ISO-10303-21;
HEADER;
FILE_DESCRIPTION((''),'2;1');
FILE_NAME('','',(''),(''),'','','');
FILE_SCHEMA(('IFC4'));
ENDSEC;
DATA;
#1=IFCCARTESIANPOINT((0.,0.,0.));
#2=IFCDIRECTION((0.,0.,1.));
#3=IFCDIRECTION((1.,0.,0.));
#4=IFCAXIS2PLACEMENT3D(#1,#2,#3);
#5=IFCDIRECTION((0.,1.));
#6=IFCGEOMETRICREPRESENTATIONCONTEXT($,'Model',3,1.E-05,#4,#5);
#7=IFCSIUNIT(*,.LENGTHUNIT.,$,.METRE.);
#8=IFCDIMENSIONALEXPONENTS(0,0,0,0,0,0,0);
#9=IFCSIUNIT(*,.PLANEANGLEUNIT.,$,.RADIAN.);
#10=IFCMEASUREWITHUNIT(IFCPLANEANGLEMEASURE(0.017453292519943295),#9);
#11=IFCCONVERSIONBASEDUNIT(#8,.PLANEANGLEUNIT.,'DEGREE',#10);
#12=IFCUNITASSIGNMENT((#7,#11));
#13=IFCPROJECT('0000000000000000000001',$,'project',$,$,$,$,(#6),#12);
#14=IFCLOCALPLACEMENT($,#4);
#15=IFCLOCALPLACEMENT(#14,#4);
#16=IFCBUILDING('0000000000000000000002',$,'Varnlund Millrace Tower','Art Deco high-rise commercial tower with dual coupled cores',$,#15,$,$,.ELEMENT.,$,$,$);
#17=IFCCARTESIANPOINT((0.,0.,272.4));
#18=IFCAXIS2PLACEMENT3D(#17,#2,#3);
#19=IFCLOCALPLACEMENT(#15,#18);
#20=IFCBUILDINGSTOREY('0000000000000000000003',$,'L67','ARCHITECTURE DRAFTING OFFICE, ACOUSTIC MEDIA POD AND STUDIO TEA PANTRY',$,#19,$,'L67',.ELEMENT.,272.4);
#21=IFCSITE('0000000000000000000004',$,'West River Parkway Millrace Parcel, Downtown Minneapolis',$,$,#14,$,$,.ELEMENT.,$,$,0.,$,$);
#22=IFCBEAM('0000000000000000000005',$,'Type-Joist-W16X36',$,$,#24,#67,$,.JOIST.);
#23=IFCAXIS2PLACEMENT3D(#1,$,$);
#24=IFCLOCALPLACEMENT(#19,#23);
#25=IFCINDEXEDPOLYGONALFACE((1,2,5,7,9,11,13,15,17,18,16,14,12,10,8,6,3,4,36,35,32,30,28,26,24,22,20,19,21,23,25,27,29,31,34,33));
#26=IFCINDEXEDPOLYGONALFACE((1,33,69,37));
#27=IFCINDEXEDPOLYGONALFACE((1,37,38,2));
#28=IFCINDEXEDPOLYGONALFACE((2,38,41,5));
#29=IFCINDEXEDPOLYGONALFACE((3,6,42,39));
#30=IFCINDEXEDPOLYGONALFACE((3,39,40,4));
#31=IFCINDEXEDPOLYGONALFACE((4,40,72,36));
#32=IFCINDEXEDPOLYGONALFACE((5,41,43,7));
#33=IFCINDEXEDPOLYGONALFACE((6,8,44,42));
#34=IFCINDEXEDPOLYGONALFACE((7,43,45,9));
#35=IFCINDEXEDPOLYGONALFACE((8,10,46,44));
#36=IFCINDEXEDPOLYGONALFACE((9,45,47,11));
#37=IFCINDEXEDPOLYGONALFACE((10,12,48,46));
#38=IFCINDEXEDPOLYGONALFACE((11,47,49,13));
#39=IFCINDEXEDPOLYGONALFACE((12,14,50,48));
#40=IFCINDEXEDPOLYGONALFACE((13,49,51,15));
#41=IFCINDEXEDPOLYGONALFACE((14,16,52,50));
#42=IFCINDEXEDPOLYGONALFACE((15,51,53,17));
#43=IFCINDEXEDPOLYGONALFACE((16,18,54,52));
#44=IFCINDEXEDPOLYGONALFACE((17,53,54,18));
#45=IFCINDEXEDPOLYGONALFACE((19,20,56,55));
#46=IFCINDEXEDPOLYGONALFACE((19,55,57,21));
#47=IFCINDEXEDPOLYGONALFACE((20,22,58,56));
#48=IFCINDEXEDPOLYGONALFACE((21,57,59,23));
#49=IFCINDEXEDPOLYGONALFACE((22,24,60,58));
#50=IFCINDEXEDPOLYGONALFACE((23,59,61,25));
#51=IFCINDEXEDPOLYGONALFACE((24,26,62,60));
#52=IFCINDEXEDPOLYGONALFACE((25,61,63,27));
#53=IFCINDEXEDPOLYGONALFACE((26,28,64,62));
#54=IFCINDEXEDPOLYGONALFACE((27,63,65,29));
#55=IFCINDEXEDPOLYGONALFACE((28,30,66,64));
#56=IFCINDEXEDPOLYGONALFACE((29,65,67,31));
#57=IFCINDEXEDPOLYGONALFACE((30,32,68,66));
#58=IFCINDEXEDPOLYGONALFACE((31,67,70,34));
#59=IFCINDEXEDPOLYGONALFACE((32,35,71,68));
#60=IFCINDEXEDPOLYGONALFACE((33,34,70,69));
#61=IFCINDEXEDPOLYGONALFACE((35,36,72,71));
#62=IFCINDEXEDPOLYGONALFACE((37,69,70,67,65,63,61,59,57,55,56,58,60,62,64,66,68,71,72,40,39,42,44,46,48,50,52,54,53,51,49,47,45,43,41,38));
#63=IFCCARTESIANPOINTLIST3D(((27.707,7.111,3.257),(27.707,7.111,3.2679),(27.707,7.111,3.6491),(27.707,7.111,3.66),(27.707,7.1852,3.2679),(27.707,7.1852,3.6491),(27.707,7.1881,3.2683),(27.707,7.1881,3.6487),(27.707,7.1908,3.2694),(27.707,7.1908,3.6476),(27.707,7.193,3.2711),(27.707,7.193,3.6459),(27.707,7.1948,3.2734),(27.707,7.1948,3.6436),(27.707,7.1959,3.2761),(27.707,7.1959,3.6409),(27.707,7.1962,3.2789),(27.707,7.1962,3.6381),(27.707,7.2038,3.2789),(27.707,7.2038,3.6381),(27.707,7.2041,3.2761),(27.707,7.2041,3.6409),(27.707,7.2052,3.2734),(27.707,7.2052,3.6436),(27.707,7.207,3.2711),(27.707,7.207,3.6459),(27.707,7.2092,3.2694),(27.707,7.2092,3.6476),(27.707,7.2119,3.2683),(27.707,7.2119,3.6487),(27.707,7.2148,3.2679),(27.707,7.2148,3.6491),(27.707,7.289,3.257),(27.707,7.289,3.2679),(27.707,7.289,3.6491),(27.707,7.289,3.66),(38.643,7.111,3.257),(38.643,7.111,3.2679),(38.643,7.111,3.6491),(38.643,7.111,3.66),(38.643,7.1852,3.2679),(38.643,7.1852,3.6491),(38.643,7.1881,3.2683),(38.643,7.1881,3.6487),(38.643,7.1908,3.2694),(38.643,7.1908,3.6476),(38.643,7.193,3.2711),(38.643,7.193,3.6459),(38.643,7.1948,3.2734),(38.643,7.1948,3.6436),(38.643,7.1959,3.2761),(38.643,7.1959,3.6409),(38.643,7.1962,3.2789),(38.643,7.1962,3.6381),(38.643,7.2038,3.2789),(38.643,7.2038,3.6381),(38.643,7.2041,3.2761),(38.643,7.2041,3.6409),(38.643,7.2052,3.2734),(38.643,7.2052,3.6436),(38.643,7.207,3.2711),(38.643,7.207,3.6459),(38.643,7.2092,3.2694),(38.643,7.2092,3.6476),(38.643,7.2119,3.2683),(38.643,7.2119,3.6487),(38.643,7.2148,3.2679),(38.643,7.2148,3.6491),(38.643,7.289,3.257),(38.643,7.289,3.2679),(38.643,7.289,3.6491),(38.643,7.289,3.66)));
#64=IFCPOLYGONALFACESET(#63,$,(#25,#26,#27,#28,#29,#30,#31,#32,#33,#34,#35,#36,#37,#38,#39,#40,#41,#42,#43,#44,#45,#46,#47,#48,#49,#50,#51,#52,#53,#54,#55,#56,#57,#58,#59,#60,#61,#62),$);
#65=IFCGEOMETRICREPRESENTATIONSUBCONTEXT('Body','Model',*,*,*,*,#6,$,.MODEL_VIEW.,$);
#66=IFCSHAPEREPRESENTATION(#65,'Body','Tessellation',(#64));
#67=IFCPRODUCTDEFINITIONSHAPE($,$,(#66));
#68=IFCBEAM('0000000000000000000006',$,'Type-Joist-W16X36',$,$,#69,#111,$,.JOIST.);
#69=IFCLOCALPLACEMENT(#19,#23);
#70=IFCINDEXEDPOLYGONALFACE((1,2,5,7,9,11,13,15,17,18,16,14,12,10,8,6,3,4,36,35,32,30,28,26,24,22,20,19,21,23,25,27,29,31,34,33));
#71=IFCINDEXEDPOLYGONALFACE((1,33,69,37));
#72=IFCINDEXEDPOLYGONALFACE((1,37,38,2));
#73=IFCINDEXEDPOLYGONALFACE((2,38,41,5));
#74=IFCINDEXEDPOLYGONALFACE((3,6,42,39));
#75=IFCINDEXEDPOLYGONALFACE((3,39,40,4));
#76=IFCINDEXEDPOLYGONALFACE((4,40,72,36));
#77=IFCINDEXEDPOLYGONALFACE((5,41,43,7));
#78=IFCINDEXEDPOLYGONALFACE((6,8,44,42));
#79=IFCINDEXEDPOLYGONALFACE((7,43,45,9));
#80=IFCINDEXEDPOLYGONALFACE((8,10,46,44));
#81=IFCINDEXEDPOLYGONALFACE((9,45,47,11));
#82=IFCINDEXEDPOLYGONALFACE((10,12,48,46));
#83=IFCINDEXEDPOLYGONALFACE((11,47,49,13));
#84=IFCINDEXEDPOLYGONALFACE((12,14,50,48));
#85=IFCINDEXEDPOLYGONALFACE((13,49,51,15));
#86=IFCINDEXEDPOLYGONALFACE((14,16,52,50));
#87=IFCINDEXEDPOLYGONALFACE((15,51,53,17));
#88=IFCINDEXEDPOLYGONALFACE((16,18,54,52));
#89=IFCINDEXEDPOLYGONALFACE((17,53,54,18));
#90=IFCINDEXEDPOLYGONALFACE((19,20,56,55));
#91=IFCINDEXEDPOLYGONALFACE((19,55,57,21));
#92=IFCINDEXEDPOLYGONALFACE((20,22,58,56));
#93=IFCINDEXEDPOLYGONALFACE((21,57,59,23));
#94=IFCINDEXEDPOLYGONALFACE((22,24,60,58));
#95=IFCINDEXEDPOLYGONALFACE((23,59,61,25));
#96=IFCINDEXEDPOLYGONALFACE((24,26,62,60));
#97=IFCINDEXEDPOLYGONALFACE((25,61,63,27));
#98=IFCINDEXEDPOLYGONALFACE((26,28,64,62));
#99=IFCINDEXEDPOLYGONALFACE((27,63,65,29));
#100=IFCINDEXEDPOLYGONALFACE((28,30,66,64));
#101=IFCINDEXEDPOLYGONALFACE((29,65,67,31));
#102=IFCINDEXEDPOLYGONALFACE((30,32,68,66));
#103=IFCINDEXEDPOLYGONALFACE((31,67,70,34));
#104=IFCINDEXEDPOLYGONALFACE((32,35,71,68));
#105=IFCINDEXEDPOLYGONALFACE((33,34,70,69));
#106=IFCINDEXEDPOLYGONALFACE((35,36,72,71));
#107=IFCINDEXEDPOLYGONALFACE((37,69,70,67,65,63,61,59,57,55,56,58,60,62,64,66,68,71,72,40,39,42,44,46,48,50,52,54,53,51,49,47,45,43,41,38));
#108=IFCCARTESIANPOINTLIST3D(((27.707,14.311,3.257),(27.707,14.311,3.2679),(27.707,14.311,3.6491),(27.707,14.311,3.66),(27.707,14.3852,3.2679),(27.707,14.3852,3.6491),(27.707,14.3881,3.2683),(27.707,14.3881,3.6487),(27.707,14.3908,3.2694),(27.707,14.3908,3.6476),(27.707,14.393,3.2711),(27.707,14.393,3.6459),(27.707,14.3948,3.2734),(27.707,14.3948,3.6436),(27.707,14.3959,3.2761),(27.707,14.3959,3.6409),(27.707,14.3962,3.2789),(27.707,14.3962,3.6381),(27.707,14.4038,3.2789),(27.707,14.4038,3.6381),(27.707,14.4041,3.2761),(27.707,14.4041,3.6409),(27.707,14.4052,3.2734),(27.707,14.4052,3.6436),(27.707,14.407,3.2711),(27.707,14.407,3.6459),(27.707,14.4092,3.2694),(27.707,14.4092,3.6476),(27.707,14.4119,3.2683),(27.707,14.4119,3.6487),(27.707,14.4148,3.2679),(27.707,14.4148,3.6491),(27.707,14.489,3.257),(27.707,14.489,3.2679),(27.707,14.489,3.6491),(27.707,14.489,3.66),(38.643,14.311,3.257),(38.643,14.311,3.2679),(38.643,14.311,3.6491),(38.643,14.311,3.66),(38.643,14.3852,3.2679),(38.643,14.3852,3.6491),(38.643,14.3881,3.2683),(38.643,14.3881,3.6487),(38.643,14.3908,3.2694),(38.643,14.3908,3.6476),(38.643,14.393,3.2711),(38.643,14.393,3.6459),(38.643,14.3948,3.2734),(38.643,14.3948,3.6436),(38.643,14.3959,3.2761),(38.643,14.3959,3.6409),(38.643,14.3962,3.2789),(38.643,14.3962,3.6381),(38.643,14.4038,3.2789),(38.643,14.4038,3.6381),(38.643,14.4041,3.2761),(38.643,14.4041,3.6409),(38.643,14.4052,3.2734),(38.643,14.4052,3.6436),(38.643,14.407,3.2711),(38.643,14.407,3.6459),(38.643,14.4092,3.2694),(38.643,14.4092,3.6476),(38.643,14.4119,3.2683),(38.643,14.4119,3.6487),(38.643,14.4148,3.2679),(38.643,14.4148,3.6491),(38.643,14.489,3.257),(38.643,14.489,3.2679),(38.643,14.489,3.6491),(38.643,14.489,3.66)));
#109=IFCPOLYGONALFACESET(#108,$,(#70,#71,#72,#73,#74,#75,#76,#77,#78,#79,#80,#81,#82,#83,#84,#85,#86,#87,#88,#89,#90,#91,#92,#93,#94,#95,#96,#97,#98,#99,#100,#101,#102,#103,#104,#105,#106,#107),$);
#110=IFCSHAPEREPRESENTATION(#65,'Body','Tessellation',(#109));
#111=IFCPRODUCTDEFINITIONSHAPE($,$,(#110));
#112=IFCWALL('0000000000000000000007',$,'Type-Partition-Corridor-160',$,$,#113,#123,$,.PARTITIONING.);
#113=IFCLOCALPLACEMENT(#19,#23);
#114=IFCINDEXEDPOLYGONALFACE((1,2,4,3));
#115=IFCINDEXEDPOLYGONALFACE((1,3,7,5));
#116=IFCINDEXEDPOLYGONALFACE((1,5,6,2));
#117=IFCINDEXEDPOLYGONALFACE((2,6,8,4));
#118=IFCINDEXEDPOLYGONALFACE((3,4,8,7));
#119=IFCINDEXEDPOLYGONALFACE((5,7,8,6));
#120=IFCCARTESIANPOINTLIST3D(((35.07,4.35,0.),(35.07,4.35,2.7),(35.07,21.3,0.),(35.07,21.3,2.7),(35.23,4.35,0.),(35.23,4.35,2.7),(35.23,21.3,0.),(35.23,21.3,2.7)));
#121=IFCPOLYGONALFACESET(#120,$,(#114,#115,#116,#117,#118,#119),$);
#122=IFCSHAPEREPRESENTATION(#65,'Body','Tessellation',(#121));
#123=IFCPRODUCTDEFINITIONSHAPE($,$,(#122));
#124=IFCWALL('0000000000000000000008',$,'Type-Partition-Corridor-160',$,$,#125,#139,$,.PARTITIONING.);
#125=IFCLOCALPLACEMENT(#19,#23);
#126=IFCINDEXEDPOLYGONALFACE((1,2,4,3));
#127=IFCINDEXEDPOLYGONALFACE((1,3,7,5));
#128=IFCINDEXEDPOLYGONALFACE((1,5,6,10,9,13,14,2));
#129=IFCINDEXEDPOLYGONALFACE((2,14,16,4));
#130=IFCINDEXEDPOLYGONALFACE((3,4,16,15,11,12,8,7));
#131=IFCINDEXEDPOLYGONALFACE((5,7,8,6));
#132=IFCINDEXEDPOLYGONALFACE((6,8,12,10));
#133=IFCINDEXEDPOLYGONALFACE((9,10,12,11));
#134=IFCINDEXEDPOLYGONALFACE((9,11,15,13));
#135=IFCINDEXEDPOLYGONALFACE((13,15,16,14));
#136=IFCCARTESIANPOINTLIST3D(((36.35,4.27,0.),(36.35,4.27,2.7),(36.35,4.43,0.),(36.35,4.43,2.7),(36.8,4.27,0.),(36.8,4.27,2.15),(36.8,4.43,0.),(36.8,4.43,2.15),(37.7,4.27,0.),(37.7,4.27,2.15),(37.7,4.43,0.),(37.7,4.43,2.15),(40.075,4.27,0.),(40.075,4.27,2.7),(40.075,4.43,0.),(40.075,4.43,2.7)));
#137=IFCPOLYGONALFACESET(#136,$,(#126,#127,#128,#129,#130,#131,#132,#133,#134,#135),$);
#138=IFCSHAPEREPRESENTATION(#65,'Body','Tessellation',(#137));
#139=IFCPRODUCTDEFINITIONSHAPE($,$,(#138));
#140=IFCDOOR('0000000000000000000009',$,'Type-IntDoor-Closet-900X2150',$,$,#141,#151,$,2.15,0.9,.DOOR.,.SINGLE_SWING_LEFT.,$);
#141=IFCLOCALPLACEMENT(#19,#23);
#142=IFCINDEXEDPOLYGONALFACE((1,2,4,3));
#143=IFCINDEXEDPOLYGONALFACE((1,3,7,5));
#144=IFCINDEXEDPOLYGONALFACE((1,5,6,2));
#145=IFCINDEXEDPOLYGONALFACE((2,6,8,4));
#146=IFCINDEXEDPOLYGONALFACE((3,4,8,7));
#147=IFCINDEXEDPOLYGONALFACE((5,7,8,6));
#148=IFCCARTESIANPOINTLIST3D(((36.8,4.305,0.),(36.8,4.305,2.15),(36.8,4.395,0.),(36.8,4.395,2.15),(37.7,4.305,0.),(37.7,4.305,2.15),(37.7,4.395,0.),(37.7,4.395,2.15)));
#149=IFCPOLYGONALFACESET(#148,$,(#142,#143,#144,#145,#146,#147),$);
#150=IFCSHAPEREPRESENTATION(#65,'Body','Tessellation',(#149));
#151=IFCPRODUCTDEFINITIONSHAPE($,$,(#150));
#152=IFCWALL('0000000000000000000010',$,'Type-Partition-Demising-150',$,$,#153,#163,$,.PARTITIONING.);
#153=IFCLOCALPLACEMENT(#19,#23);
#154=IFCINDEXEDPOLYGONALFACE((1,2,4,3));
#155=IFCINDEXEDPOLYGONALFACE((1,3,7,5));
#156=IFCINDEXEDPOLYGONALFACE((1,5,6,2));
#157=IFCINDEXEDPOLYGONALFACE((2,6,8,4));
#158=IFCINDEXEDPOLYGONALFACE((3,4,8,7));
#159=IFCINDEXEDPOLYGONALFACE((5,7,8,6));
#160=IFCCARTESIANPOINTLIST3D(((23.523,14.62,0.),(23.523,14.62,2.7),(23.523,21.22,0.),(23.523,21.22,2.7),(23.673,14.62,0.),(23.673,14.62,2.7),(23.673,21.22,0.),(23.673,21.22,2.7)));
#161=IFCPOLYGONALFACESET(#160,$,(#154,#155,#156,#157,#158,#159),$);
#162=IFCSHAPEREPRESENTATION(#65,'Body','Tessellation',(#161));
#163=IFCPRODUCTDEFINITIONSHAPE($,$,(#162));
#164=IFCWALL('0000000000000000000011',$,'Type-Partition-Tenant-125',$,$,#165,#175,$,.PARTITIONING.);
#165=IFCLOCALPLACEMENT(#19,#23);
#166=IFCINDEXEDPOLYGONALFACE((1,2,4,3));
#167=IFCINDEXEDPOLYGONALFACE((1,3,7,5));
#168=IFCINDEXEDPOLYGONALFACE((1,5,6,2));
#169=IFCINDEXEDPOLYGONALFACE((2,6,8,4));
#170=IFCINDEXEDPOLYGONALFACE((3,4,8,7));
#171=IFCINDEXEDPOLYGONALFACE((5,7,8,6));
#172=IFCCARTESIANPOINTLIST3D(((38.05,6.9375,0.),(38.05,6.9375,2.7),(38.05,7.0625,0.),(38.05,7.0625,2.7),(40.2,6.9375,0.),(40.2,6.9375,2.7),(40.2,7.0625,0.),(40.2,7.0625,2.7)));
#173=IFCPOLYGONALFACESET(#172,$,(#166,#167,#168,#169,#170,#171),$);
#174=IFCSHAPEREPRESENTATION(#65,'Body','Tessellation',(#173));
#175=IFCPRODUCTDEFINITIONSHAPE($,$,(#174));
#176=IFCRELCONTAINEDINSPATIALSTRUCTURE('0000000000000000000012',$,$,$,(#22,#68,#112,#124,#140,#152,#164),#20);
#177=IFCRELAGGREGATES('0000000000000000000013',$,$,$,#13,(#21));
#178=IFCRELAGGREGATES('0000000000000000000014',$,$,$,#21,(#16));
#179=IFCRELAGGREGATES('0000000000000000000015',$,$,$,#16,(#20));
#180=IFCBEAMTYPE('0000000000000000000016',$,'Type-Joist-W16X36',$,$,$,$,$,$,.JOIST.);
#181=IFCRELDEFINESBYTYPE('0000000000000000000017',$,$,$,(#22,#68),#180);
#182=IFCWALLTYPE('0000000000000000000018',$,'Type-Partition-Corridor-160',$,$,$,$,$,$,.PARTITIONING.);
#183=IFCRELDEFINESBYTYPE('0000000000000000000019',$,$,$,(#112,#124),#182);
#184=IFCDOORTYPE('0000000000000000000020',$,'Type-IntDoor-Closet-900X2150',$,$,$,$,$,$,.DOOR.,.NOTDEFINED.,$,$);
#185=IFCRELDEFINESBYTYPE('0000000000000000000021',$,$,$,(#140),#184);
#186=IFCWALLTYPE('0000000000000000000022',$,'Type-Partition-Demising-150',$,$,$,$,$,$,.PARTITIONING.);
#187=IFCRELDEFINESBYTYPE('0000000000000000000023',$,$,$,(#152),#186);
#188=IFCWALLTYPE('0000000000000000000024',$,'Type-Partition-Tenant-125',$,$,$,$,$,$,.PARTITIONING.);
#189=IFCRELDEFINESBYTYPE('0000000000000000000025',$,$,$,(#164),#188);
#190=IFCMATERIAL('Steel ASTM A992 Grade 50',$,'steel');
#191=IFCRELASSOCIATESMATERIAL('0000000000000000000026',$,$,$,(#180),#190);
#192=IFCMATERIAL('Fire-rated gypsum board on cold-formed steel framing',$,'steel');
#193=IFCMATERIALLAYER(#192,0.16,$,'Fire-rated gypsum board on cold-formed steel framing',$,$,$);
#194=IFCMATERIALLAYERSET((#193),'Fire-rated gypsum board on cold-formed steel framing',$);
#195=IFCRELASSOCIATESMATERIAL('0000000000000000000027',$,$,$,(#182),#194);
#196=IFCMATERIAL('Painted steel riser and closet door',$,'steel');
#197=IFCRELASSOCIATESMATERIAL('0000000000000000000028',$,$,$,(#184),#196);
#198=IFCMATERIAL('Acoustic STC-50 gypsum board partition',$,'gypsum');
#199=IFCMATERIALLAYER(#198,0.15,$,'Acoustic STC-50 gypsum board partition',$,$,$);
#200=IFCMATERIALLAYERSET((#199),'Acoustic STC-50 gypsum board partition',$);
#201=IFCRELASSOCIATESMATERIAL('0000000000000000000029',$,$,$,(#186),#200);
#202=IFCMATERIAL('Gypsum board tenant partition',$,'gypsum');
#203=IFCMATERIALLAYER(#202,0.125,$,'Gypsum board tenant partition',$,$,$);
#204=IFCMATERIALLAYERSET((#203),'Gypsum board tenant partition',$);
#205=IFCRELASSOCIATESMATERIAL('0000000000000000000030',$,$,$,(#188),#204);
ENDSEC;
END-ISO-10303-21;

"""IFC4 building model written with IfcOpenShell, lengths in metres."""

from ifc_helpers import new_model, entity, si_unit, converted_unit, direction, frame, origin_with_axes, origin_2d_with_axis, place, context, subcontext, project, spatial, polyline, rectangle, i_section, outline, extrude, material, layer, layer_set, material_profile, profile_set, type_object, element, fill, save


model = new_model("IFC4")

# Units and contexts
model_context = context("Model", 3, precision=1e-05, world=origin_with_axes(), true_north=direction((0.0, 1.0)))
body_context = subcontext(model_context, "Body", "Model", "MODEL_VIEW")
ifc_project = project(units=[si_unit("LENGTHUNIT", "METRE"), converted_unit("PLANEANGLEUNIT", "DEGREE", entity("IfcPlaneAngleMeasure", 0.017453292519943295), si_unit("PLANEANGLEUNIT", "RADIAN"), dimensions=[0, 0, 0, 0, 0, 0, 0])], contexts=[model_context])

# Site, building, storey
site_placement = place(None, origin_with_axes())
site = spatial("IfcSite", under=ifc_project, at=site_placement, Name="West River Parkway Millrace Parcel, Downtown Minneapolis", CompositionType="ELEMENT", RefElevation=0.0)
building_placement = place(site_placement, origin_with_axes())
building = spatial("IfcBuilding", under=site, at=building_placement, Name="Varnlund Millrace Tower", Description="Art Deco high-rise commercial tower with dual coupled cores", CompositionType="ELEMENT")
storey_placement = place(building_placement, frame((0.0, 0.0, 272.4), z_axis=(0.0, 0.0, 1.0), x_axis=(1.0, 0.0, 0.0)))
storey = spatial("IfcBuildingStorey", under=building, at=storey_placement, Name="L67", Description="ARCHITECTURE DRAFTING OFFICE, ACOUSTIC MEDIA POD AND STUDIO TEA PANTRY", LongName="L67", CompositionType="ELEMENT", Elevation=272.4)

# Beams
ifc_material_1 = material(Name="Steel ASTM A992 Grade 50", Category="steel")
ifc_material_profile_1 = material_profile(ifc_material_1, i_section(OverallWidth=0.178, OverallDepth=0.403, WebThickness=0.0075, FlangeThickness=0.0109, FilletRadius=0.011, at=origin_2d_with_axis()), Name="Steel ASTM A992 Grade 50")
ifc_profile_set_1 = profile_set([ifc_material_profile_1], Name="Steel ASTM A992 Grade 50")
beam_type_1 = type_object("IfcBeamType", Name="Type-Joist-W16X36", PredefinedType="JOIST", material=ifc_profile_set_1)
for number, where, z_axis, x_axis, name in (
    (1, (27.707, 7.2, 3.4585), (1.0, 0.0, 0.0), (0.0, 1.0, 0.0), "Type-Joist-W16X36"),
    (2, (27.707, 14.4, 3.4585), (1.0, 0.0, 0.0), (0.0, 1.0, 0.0), "Type-Joist-W16X36"),
):
    element("IfcBeam", number, at=place(storey_placement, frame(where, z_axis=z_axis, x_axis=x_axis)), inside=storey, type_object=beam_type_1, Name=name, PredefinedType="JOIST", context=body_context, shape_type="SweptSolid", body=[
        extrude(i_section(OverallWidth=0.178, OverallDepth=0.403, WebThickness=0.0075, FlangeThickness=0.0109, FilletRadius=0.011, at=origin_2d_with_axis()), origin_with_axes(), (0.0, 0.0, 1.0), 10.936),
    ])

# Wall
ifc_material_2 = material(Name="Fire-rated gypsum board on cold-formed steel framing", Category="steel")
ifc_layer_1 = layer(ifc_material_2, 0.16, Name="Fire-rated gypsum board on cold-formed steel framing")
ifc_layer_set_1 = layer_set([ifc_layer_1], Name="Fire-rated gypsum board on cold-formed steel framing")
wall_type_1 = type_object("IfcWallType", Name="Type-Partition-Corridor-160", PredefinedType="PARTITIONING", material=ifc_layer_set_1)
wall_1_placement = place(storey_placement, frame((35.15, 4.35, 0.0), z_axis=(0.0, 0.0, 1.0), x_axis=(0.0, 1.0, 0.0)))
element("IfcWall", 3, at=wall_1_placement, inside=storey, type_object=wall_type_1, Name="Type-Partition-Corridor-160", PredefinedType="PARTITIONING", context=body_context, shape_type="SweptSolid", body=[
    extrude(outline(polyline([(0.0, -0.08), (16.95, -0.08), (16.95, 0.08), (0.0, 0.08), (0.0, -0.08)])), origin_with_axes(), (0.0, 0.0, 1.0), 2.7),
])

# Wall, opening, door
wall_2_placement = place(storey_placement, frame((36.35, 4.35, 0.0), z_axis=(0.0, 0.0, 1.0), x_axis=(1.0, 0.0, 0.0)))
wall_2 = element("IfcWall", 4, at=wall_2_placement, inside=storey, type_object=wall_type_1, Name="Type-Partition-Corridor-160", PredefinedType="PARTITIONING", context=body_context, shape_type="SweptSolid", body=[
    extrude(outline(polyline([(0.0, -0.08), (3.725, -0.08), (3.725, 0.08), (0.0, 0.08), (0.0, -0.08)])), origin_with_axes(), (0.0, 0.0, 1.0), 2.7),
])
opening_1_placement = place(wall_2_placement, frame((0.9, 0.0, 0.0), z_axis=(0.0, 0.0, 1.0), x_axis=(1.0, 0.0, 0.0)))
opening_1 = element("IfcOpeningElement", 5, at=opening_1_placement, cuts=wall_2, PredefinedType="OPENING", context=body_context, shape_type="SweptSolid", body=[
    extrude(rectangle(XDim=0.9, YDim=0.18, at=origin_2d_with_axis()), origin_with_axes(), (0.0, 0.0, 1.0), 2.15),
])
ifc_material_3 = material(Name="Painted steel riser and closet door", Category="steel")
door_type = type_object("IfcDoorType", Name="Type-IntDoor-Closet-900X2150", OperationType="NOTDEFINED", PredefinedType="DOOR", material=ifc_material_3)
door_1_placement = place(wall_2_placement, frame((0.9, 0.0, 0.0), z_axis=(0.0, 0.0, 1.0), x_axis=(1.0, 0.0, 0.0)))
door_1 = element("IfcDoor", 6, at=door_1_placement, inside=storey, type_object=door_type, Name="Type-IntDoor-Closet-900X2150", OperationType="SINGLE_SWING_LEFT", OverallHeight=2.15, OverallWidth=0.9, PredefinedType="DOOR", context=body_context, shape_type="SweptSolid", body=[
    extrude(rectangle(XDim=0.9, YDim=0.09, at=origin_2d_with_axis()), origin_with_axes(), (0.0, 0.0, 1.0), 2.15),
])
fill(opening_1, door_1)

# Walls
ifc_material_4 = material(Name="Acoustic STC-50 gypsum board partition", Category="gypsum")
ifc_layer_2 = layer(ifc_material_4, 0.15, Name="Acoustic STC-50 gypsum board partition")
ifc_layer_set_2 = layer_set([ifc_layer_2], Name="Acoustic STC-50 gypsum board partition")
wall_type_2 = type_object("IfcWallType", Name="Type-Partition-Demising-150", PredefinedType="PARTITIONING", material=ifc_layer_set_2)
wall_3_placement = place(storey_placement, frame((23.598, 14.62, 0.0), z_axis=(0.0, 0.0, 1.0), x_axis=(0.0, 1.0, 0.0)))
element("IfcWall", 7, at=wall_3_placement, inside=storey, type_object=wall_type_2, Name="Type-Partition-Demising-150", PredefinedType="PARTITIONING", context=body_context, shape_type="SweptSolid", body=[
    extrude(outline(polyline([(0.0, -0.075), (6.6, -0.075), (6.6, 0.075), (0.0, 0.075), (0.0, -0.075)])), origin_with_axes(), (0.0, 0.0, 1.0), 2.7),
])
ifc_material_5 = material(Name="Gypsum board tenant partition", Category="gypsum")
ifc_layer_3 = layer(ifc_material_5, 0.125, Name="Gypsum board tenant partition")
ifc_layer_set_3 = layer_set([ifc_layer_3], Name="Gypsum board tenant partition")
wall_type_3 = type_object("IfcWallType", Name="Type-Partition-Tenant-125", PredefinedType="PARTITIONING", material=ifc_layer_set_3)
wall_4_placement = place(storey_placement, frame((38.05, 7.0, 0.0), z_axis=(0.0, 0.0, 1.0), x_axis=(1.0, 0.0, 0.0)))
element("IfcWall", 8, at=wall_4_placement, inside=storey, type_object=wall_type_3, Name="Type-Partition-Tenant-125", PredefinedType="PARTITIONING", context=body_context, shape_type="SweptSolid", body=[
    extrude(outline(polyline([(0.0, -0.0625), (2.15, -0.0625), (2.15, 0.0625), (0.0, 0.0625), (0.0, -0.0625)])), origin_with_axes(), (0.0, 0.0, 1.0), 2.7),
])

save(model, "model.ifc")
